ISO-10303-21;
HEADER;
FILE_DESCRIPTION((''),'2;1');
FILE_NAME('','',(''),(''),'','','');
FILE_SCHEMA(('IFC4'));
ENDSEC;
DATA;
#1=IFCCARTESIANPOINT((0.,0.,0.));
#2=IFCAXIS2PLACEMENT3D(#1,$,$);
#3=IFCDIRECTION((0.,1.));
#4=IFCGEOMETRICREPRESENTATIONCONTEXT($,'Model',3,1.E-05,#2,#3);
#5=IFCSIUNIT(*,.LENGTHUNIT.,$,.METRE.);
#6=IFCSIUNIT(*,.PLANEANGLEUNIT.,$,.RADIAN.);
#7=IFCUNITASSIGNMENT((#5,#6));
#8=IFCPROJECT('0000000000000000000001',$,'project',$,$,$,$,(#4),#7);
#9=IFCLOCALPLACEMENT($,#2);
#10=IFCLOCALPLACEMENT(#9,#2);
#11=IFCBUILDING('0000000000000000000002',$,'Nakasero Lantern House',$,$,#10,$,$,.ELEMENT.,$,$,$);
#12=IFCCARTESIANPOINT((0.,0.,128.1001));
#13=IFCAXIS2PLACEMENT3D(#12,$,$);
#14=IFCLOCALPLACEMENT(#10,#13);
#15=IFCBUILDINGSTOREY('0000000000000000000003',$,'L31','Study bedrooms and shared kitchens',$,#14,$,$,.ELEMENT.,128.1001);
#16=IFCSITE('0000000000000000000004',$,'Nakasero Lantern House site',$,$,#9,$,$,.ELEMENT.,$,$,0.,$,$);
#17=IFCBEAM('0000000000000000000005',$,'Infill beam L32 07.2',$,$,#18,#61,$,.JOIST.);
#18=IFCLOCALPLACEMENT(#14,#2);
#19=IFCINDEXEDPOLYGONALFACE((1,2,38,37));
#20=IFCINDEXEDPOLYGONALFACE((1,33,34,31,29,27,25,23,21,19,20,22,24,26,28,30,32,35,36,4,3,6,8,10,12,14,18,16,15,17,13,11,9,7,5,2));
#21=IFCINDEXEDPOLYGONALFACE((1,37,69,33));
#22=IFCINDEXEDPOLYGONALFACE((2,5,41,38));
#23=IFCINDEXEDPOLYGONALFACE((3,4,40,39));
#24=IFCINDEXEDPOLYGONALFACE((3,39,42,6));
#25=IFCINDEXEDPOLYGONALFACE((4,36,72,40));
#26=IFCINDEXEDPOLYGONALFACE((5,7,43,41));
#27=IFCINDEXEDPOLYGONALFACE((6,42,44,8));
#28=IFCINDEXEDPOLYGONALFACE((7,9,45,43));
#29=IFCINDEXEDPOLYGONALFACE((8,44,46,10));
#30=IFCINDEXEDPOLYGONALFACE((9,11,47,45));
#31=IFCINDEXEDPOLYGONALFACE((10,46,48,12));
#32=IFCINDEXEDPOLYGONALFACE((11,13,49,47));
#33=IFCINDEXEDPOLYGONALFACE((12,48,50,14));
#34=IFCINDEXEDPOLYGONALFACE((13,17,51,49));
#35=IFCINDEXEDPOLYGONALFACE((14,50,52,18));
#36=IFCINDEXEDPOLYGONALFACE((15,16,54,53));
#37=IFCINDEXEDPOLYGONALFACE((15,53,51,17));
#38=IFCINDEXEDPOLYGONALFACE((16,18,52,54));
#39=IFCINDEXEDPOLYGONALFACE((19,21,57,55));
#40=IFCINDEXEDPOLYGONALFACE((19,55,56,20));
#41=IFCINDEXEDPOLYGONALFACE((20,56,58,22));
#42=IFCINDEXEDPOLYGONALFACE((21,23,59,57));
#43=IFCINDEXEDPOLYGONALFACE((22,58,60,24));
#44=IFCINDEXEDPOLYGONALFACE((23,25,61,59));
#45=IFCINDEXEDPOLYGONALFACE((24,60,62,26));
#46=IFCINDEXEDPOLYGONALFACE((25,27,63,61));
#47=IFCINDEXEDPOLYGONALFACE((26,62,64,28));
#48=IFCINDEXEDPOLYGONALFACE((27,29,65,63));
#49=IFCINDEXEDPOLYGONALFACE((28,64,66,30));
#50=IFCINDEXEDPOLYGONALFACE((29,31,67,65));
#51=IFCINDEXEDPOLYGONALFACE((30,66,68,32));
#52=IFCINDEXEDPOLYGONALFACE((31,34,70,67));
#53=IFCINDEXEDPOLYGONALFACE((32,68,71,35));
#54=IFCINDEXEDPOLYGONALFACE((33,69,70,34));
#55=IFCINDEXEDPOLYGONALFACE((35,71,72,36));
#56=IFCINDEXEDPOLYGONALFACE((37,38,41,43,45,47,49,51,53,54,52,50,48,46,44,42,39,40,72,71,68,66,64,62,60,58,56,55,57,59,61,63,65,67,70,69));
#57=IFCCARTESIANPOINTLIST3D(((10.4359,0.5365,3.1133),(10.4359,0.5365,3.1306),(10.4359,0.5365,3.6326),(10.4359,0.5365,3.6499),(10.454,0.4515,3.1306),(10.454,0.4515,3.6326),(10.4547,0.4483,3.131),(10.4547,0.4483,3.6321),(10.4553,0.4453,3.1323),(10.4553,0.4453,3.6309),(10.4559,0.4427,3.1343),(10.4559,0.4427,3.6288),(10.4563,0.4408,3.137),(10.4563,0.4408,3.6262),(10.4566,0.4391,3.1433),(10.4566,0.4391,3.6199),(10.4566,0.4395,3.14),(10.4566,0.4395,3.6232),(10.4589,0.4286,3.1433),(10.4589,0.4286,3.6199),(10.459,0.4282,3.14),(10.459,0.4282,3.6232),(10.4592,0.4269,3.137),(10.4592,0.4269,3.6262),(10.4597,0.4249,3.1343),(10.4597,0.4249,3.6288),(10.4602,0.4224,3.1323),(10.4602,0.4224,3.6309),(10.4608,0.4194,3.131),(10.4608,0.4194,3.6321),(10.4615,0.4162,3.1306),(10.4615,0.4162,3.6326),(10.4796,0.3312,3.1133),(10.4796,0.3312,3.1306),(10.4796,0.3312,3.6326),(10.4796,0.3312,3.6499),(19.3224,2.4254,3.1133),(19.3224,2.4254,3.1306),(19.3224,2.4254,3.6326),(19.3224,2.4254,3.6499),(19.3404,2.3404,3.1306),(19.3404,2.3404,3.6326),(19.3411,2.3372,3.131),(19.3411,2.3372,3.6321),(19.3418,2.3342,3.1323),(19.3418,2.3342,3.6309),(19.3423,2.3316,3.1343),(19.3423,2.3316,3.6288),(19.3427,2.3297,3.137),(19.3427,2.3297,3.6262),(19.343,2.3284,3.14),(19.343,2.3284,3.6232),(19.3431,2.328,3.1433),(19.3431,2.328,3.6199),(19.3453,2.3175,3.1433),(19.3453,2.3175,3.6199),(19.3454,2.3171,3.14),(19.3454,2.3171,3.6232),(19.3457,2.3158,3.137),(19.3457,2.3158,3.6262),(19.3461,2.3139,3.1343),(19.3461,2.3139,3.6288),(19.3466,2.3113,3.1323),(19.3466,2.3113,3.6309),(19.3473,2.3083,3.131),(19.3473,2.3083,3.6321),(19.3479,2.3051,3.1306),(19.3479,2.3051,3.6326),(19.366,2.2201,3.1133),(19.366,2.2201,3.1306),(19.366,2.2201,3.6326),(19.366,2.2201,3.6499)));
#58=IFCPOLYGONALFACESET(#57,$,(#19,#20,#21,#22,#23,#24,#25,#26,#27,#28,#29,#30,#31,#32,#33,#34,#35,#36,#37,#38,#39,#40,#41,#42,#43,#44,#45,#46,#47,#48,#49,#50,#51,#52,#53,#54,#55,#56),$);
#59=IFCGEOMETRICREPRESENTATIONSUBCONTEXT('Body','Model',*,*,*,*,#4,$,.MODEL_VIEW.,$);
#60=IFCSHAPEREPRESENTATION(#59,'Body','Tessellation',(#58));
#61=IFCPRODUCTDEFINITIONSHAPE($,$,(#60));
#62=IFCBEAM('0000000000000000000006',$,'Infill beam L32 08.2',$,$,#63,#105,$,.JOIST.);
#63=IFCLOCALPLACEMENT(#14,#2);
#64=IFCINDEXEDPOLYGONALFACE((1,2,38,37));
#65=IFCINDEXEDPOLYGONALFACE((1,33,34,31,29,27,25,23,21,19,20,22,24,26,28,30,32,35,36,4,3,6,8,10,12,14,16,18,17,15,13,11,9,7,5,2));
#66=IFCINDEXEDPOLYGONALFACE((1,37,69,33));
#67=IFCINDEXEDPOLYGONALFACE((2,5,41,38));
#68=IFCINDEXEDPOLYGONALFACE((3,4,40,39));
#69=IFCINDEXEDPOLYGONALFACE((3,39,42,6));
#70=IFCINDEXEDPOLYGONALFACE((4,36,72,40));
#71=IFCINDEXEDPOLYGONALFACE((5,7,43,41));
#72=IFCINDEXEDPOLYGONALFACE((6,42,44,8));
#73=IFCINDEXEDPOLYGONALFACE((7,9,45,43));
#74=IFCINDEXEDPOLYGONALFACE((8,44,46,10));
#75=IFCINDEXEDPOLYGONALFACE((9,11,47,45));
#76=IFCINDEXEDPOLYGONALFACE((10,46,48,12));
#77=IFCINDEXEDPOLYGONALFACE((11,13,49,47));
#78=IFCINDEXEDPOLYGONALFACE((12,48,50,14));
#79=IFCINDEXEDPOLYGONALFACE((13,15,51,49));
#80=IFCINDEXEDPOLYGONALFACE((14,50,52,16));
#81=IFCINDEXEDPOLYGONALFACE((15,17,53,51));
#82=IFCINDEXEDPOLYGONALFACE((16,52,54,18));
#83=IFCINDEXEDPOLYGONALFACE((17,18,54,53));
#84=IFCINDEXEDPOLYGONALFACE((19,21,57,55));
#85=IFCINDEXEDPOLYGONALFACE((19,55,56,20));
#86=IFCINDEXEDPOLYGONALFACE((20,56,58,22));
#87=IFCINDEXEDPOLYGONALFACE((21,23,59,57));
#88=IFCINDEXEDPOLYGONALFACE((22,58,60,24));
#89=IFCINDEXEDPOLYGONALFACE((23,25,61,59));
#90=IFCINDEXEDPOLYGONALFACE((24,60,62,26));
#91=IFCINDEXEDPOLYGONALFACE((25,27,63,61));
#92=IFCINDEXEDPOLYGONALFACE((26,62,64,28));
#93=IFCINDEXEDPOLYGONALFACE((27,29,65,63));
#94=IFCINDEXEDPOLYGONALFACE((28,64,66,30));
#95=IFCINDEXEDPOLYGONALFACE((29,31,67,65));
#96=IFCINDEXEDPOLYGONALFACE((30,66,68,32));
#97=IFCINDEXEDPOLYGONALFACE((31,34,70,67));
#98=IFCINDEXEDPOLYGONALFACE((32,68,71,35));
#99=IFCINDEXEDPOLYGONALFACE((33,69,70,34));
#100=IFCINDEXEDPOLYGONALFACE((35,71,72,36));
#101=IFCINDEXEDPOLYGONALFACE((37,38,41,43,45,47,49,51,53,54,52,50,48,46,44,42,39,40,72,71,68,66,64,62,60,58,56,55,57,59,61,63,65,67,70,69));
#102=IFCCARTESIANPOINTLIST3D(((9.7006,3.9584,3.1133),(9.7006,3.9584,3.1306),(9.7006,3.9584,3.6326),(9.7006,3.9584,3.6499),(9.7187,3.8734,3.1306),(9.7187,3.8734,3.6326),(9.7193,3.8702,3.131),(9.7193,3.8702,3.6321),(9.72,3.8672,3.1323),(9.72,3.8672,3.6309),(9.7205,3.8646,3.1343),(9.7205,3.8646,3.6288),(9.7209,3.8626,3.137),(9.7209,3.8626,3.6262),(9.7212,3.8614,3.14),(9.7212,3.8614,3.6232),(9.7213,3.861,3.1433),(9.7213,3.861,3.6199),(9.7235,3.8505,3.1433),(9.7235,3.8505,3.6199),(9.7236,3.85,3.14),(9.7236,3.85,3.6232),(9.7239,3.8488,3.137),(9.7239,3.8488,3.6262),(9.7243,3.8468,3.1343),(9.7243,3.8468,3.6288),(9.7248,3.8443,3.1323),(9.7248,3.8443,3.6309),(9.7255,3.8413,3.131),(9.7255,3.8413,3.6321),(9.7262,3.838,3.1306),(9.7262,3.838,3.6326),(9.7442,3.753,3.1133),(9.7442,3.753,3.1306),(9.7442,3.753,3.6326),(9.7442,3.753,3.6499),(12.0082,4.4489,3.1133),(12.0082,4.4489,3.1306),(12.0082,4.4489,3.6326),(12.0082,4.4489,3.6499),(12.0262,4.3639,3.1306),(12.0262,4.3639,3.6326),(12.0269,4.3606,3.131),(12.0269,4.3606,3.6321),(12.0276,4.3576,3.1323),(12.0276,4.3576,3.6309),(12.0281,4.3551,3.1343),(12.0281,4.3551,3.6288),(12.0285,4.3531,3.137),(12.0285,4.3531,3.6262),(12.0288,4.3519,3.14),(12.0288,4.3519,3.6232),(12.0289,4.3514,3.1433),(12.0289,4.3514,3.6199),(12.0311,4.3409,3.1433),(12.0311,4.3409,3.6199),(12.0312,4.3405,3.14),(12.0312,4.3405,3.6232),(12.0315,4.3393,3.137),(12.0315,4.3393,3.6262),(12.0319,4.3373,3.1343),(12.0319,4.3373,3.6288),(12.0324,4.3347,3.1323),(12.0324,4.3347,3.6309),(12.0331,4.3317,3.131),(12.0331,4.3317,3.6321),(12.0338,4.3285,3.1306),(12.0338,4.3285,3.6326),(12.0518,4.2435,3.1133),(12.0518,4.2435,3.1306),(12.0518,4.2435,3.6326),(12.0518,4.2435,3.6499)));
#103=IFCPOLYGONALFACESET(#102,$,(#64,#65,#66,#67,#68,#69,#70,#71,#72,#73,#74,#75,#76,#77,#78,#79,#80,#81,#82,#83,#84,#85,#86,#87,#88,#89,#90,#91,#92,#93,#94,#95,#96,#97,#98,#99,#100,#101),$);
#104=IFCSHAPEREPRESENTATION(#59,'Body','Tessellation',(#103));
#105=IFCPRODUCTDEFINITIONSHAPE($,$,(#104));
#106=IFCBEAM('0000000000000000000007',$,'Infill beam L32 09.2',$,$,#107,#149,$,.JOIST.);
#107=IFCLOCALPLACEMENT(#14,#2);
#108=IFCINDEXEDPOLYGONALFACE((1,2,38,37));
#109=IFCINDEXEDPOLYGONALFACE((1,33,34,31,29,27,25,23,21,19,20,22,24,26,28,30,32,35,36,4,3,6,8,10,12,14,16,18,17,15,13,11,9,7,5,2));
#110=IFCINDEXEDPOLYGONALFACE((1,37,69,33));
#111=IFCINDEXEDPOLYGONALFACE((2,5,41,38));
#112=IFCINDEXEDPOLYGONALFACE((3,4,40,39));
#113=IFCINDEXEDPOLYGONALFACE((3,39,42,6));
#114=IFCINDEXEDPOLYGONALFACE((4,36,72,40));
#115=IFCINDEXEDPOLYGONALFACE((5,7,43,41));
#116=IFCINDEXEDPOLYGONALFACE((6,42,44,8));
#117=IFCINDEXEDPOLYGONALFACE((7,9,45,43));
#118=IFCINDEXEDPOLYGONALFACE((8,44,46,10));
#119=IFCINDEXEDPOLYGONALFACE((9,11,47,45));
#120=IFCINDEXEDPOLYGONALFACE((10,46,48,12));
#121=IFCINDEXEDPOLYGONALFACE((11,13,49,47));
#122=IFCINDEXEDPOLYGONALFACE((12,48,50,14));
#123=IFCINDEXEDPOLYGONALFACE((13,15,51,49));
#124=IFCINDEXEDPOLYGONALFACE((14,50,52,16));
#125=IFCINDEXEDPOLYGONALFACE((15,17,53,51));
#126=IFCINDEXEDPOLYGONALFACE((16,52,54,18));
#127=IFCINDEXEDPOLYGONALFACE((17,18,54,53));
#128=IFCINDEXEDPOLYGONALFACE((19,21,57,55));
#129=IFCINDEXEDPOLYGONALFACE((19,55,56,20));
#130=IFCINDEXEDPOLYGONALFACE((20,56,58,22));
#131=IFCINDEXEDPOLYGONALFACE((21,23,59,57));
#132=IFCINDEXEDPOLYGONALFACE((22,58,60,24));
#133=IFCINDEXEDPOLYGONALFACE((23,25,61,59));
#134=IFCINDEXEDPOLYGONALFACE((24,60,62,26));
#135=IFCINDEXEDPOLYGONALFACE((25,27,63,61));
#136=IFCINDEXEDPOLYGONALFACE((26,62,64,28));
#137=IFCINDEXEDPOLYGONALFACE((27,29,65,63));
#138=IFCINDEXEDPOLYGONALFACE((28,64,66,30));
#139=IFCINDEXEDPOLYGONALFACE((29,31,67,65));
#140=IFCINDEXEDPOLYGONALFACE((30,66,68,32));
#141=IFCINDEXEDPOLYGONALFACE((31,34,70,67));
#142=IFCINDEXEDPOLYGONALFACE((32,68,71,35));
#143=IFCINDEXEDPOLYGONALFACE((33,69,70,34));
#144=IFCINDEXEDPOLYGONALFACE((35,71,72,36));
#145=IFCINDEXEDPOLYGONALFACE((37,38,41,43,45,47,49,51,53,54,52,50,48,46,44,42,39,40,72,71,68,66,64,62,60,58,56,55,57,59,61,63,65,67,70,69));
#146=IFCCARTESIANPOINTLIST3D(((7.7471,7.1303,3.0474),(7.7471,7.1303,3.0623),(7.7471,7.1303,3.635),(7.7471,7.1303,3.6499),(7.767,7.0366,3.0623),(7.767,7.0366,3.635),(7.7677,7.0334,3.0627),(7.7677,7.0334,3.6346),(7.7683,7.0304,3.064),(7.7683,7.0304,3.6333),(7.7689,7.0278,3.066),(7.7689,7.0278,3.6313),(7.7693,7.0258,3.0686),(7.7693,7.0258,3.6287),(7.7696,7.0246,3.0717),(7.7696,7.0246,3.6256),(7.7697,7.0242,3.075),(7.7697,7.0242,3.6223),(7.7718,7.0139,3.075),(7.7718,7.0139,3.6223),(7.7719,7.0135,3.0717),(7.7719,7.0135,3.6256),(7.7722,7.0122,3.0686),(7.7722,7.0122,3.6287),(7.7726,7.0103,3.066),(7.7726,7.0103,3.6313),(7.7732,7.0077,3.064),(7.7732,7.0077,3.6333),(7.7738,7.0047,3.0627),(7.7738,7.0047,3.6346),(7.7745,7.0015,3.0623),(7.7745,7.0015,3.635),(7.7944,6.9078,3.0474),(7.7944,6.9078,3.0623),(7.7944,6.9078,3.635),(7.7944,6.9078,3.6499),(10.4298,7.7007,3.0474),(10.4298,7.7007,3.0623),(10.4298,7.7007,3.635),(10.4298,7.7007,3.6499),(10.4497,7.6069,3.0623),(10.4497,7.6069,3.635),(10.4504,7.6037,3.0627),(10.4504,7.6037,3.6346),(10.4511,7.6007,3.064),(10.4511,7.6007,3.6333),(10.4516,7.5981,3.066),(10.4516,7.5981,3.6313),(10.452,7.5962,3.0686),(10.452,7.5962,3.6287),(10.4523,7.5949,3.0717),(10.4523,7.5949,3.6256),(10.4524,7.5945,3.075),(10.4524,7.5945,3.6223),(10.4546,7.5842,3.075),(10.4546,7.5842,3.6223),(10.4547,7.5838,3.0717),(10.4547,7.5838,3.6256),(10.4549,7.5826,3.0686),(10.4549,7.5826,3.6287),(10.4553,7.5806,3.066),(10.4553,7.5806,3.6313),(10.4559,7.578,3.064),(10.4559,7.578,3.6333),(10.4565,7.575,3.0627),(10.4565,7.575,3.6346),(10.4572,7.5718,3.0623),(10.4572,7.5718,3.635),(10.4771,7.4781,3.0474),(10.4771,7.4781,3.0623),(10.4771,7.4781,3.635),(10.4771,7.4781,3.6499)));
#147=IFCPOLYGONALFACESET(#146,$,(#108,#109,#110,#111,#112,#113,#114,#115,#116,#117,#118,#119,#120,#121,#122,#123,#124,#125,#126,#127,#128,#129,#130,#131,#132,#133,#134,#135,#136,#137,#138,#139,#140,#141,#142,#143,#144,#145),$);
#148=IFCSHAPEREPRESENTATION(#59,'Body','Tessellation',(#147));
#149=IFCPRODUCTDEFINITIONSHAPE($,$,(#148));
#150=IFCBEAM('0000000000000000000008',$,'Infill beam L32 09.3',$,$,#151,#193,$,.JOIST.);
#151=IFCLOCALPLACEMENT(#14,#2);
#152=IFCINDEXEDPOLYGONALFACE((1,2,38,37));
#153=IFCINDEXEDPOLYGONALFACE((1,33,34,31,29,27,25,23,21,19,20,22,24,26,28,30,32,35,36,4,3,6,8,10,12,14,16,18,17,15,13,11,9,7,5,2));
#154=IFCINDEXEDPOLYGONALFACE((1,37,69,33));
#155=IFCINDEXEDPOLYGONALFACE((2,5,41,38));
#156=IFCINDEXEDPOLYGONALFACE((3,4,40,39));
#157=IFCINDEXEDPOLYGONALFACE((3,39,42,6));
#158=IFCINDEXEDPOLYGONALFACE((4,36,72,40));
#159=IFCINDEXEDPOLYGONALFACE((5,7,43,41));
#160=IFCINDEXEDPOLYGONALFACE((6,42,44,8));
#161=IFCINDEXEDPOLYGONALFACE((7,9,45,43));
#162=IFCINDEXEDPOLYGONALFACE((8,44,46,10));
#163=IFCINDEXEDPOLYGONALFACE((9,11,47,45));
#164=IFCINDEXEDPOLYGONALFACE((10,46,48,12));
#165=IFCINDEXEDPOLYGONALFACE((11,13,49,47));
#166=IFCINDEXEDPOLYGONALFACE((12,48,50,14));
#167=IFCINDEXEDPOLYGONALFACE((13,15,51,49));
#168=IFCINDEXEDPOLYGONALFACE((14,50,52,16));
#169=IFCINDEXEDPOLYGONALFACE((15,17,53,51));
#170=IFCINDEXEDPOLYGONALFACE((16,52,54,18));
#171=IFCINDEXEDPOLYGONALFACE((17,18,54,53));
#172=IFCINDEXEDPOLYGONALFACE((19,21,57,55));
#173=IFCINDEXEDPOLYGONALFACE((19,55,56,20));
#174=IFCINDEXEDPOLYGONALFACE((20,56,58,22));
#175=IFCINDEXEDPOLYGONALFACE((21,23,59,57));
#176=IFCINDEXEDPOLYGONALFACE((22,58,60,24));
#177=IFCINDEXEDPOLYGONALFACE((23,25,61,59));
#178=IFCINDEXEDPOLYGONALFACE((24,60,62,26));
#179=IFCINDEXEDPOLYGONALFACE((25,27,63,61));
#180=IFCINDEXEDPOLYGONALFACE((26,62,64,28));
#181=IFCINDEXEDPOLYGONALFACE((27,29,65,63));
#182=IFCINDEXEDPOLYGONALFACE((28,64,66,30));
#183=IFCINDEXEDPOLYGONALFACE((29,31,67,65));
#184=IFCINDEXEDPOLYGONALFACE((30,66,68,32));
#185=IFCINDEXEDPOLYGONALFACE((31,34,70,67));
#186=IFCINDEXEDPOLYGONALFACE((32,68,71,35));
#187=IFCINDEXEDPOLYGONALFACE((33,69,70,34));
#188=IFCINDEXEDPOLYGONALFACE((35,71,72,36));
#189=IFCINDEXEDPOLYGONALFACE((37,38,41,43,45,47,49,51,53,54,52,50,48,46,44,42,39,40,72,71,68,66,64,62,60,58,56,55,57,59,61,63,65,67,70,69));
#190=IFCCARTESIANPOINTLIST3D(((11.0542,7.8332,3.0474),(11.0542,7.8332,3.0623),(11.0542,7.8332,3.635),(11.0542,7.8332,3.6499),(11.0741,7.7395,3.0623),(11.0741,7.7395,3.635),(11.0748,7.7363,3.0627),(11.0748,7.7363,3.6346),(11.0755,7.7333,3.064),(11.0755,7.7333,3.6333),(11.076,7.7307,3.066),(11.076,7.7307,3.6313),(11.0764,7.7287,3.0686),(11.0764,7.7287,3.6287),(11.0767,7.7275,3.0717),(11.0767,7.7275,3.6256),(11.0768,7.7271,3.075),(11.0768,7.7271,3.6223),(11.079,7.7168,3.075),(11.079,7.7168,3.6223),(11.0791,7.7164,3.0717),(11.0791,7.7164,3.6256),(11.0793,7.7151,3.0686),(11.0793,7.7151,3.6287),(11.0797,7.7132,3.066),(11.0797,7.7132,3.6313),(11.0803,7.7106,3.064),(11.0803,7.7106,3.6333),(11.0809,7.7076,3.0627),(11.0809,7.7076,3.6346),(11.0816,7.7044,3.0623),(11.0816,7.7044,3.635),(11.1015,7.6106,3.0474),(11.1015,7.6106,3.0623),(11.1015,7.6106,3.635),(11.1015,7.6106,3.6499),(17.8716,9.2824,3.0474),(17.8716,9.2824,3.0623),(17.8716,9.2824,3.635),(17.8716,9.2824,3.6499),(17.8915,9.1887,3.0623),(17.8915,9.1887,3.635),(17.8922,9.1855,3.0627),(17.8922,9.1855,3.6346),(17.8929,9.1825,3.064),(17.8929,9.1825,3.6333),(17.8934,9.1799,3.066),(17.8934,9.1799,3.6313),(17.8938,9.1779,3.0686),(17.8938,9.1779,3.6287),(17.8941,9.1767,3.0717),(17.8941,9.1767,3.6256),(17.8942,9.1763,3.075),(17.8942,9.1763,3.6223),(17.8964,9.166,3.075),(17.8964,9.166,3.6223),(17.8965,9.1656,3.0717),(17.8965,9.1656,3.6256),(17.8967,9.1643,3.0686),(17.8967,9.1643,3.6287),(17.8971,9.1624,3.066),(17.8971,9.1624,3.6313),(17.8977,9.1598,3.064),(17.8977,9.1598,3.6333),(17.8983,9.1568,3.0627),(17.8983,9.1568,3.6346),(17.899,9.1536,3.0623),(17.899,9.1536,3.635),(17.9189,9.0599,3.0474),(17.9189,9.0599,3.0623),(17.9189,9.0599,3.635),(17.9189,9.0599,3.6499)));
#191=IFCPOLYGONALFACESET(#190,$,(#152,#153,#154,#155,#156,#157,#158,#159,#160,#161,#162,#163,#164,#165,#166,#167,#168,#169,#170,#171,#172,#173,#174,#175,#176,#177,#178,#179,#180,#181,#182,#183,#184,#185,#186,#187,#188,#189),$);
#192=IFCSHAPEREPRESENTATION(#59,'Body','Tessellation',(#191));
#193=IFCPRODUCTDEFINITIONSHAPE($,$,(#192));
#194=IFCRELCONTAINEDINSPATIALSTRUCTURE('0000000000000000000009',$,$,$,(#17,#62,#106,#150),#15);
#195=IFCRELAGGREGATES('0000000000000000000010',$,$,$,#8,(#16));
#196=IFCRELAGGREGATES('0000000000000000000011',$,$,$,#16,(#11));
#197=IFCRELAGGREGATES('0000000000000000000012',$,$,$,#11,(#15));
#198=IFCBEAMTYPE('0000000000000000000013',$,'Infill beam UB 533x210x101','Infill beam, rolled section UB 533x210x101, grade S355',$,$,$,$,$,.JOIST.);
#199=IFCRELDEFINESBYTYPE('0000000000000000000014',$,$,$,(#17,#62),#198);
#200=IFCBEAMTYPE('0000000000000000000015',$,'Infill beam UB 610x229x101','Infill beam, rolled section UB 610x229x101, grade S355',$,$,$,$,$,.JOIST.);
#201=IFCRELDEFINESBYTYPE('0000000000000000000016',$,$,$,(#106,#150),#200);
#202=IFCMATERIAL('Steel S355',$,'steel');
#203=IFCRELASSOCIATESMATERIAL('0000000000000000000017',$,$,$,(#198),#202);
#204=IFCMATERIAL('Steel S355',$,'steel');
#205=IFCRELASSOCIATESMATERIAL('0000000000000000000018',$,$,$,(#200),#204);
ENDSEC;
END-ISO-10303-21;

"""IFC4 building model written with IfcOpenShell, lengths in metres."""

from ifc_helpers import new_model, si_unit, direction, frame, origin, origin_2d, place, context, subcontext, project, spatial, i_section, extrude, material, material_profile, profile_set, type_object, element, save


model = new_model("IFC4")

# Units and contexts
model_context = context("Model", 3, precision=1e-05, world=origin(), true_north=direction((0.0, 1.0)))
body_context = subcontext(model_context, "Body", "Model", "MODEL_VIEW")
ifc_project = project(units=[si_unit("LENGTHUNIT", "METRE"), si_unit("PLANEANGLEUNIT", "RADIAN")], contexts=[model_context])

# Site, building, storey
site_placement = place(None, origin())
site = spatial("IfcSite", under=ifc_project, at=site_placement, Name="Nakasero Lantern House site", CompositionType="ELEMENT", RefElevation=0.0)
building_placement = place(site_placement, origin())
building = spatial("IfcBuilding", under=site, at=building_placement, Name="Nakasero Lantern House", CompositionType="ELEMENT")
storey_placement = place(building_placement, frame((0.0, 0.0, 128.1001)))
storey = spatial("IfcBuildingStorey", under=building, at=storey_placement, Name="L31", Description="Study bedrooms and shared kitchens", CompositionType="ELEMENT", Elevation=128.1001)

# Beams
ifc_material_1 = material(Name="Steel S355", Category="steel")
ifc_material_profile_1 = material_profile(ifc_material_1, i_section(OverallWidth=0.21, OverallDepth=0.5366, WebThickness=0.0107, FlangeThickness=0.0173, FilletRadius=0.0127, at=origin_2d()), Name="UB 533x210x101")
ifc_profile_set_1 = profile_set([ifc_material_profile_1], Name="Steel S355")
beam_type_1 = type_object("IfcBeamType", Name="Infill beam UB 533x210x101", Description="Infill beam, rolled section UB 533x210x101, grade S355", PredefinedType="JOIST", material=ifc_profile_set_1)
beam_1_placement = place(storey_placement, frame((10.4578, 0.4338, 3.3816), z_axis=(0.978147, 0.207916, 0.0), x_axis=(-0.207916, 0.978147, 0.0)))
element("IfcBeam", 1, at=beam_1_placement, inside=storey, type_object=beam_type_1, Name="Infill beam L32 07.2", PredefinedType="JOIST", context=body_context, shape_type="SweptSolid", body=[
    extrude(i_section(OverallWidth=0.21, OverallDepth=0.5366, WebThickness=0.0107, FlangeThickness=0.0173, FilletRadius=0.0127, at=origin_2d()), origin(), (0.0, 0.0, 1.0), 9.085),
])
beam_2_placement = place(storey_placement, frame((9.7224, 3.8557, 3.3816), z_axis=(0.978149, 0.207903, 0.0), x_axis=(-0.207903, 0.978149, 0.0)))
element("IfcBeam", 2, at=beam_2_placement, inside=storey, type_object=beam_type_1, Name="Infill beam L32 08.2", PredefinedType="JOIST", context=body_context, shape_type="SweptSolid", body=[
    extrude(i_section(OverallWidth=0.21, OverallDepth=0.5366, WebThickness=0.0107, FlangeThickness=0.0173, FilletRadius=0.0127, at=origin_2d()), origin(), (0.0, 0.0, 1.0), 2.3591),
])
ifc_material_2 = material(Name="Steel S355", Category="steel")
ifc_material_profile_2 = material_profile(ifc_material_2, i_section(OverallWidth=0.2275, OverallDepth=0.6025, WebThickness=0.0105, FlangeThickness=0.0149, FilletRadius=0.0127, at=origin_2d()), Name="UB 610x229x101")
ifc_profile_set_2 = profile_set([ifc_material_profile_2], Name="Steel S355")
beam_type_2 = type_object("IfcBeamType", Name="Infill beam UB 610x229x101", Description="Infill beam, rolled section UB 610x229x101, grade S355", PredefinedType="JOIST", material=ifc_profile_set_2)
beam_3_placement = place(storey_placement, frame((7.7708, 7.019, 3.3486), z_axis=(0.97814, 0.207948, 0.0), x_axis=(-0.207948, 0.97814, 0.0)))
element("IfcBeam", 3, at=beam_3_placement, inside=storey, type_object=beam_type_2, Name="Infill beam L32 09.2", PredefinedType="JOIST", context=body_context, shape_type="SweptSolid", body=[
    extrude(i_section(OverallWidth=0.2275, OverallDepth=0.6025, WebThickness=0.0105, FlangeThickness=0.0149, FilletRadius=0.0127, at=origin_2d()), origin(), (0.0, 0.0, 1.0), 2.7427),
])
beam_4_placement = place(storey_placement, frame((11.0779, 7.7219, 3.3486), z_axis=(0.978144, 0.207931, 0.0), x_axis=(-0.207931, 0.978144, 0.0)))
element("IfcBeam", 4, at=beam_4_placement, inside=storey, type_object=beam_type_2, Name="Infill beam L32 09.3", PredefinedType="JOIST", context=body_context, shape_type="SweptSolid", body=[
    extrude(i_section(OverallWidth=0.2275, OverallDepth=0.6025, WebThickness=0.0105, FlangeThickness=0.0149, FilletRadius=0.0127, at=origin_2d()), origin(), (0.0, 0.0, 1.0), 6.9697),
])

save(model, "model.ifc")
